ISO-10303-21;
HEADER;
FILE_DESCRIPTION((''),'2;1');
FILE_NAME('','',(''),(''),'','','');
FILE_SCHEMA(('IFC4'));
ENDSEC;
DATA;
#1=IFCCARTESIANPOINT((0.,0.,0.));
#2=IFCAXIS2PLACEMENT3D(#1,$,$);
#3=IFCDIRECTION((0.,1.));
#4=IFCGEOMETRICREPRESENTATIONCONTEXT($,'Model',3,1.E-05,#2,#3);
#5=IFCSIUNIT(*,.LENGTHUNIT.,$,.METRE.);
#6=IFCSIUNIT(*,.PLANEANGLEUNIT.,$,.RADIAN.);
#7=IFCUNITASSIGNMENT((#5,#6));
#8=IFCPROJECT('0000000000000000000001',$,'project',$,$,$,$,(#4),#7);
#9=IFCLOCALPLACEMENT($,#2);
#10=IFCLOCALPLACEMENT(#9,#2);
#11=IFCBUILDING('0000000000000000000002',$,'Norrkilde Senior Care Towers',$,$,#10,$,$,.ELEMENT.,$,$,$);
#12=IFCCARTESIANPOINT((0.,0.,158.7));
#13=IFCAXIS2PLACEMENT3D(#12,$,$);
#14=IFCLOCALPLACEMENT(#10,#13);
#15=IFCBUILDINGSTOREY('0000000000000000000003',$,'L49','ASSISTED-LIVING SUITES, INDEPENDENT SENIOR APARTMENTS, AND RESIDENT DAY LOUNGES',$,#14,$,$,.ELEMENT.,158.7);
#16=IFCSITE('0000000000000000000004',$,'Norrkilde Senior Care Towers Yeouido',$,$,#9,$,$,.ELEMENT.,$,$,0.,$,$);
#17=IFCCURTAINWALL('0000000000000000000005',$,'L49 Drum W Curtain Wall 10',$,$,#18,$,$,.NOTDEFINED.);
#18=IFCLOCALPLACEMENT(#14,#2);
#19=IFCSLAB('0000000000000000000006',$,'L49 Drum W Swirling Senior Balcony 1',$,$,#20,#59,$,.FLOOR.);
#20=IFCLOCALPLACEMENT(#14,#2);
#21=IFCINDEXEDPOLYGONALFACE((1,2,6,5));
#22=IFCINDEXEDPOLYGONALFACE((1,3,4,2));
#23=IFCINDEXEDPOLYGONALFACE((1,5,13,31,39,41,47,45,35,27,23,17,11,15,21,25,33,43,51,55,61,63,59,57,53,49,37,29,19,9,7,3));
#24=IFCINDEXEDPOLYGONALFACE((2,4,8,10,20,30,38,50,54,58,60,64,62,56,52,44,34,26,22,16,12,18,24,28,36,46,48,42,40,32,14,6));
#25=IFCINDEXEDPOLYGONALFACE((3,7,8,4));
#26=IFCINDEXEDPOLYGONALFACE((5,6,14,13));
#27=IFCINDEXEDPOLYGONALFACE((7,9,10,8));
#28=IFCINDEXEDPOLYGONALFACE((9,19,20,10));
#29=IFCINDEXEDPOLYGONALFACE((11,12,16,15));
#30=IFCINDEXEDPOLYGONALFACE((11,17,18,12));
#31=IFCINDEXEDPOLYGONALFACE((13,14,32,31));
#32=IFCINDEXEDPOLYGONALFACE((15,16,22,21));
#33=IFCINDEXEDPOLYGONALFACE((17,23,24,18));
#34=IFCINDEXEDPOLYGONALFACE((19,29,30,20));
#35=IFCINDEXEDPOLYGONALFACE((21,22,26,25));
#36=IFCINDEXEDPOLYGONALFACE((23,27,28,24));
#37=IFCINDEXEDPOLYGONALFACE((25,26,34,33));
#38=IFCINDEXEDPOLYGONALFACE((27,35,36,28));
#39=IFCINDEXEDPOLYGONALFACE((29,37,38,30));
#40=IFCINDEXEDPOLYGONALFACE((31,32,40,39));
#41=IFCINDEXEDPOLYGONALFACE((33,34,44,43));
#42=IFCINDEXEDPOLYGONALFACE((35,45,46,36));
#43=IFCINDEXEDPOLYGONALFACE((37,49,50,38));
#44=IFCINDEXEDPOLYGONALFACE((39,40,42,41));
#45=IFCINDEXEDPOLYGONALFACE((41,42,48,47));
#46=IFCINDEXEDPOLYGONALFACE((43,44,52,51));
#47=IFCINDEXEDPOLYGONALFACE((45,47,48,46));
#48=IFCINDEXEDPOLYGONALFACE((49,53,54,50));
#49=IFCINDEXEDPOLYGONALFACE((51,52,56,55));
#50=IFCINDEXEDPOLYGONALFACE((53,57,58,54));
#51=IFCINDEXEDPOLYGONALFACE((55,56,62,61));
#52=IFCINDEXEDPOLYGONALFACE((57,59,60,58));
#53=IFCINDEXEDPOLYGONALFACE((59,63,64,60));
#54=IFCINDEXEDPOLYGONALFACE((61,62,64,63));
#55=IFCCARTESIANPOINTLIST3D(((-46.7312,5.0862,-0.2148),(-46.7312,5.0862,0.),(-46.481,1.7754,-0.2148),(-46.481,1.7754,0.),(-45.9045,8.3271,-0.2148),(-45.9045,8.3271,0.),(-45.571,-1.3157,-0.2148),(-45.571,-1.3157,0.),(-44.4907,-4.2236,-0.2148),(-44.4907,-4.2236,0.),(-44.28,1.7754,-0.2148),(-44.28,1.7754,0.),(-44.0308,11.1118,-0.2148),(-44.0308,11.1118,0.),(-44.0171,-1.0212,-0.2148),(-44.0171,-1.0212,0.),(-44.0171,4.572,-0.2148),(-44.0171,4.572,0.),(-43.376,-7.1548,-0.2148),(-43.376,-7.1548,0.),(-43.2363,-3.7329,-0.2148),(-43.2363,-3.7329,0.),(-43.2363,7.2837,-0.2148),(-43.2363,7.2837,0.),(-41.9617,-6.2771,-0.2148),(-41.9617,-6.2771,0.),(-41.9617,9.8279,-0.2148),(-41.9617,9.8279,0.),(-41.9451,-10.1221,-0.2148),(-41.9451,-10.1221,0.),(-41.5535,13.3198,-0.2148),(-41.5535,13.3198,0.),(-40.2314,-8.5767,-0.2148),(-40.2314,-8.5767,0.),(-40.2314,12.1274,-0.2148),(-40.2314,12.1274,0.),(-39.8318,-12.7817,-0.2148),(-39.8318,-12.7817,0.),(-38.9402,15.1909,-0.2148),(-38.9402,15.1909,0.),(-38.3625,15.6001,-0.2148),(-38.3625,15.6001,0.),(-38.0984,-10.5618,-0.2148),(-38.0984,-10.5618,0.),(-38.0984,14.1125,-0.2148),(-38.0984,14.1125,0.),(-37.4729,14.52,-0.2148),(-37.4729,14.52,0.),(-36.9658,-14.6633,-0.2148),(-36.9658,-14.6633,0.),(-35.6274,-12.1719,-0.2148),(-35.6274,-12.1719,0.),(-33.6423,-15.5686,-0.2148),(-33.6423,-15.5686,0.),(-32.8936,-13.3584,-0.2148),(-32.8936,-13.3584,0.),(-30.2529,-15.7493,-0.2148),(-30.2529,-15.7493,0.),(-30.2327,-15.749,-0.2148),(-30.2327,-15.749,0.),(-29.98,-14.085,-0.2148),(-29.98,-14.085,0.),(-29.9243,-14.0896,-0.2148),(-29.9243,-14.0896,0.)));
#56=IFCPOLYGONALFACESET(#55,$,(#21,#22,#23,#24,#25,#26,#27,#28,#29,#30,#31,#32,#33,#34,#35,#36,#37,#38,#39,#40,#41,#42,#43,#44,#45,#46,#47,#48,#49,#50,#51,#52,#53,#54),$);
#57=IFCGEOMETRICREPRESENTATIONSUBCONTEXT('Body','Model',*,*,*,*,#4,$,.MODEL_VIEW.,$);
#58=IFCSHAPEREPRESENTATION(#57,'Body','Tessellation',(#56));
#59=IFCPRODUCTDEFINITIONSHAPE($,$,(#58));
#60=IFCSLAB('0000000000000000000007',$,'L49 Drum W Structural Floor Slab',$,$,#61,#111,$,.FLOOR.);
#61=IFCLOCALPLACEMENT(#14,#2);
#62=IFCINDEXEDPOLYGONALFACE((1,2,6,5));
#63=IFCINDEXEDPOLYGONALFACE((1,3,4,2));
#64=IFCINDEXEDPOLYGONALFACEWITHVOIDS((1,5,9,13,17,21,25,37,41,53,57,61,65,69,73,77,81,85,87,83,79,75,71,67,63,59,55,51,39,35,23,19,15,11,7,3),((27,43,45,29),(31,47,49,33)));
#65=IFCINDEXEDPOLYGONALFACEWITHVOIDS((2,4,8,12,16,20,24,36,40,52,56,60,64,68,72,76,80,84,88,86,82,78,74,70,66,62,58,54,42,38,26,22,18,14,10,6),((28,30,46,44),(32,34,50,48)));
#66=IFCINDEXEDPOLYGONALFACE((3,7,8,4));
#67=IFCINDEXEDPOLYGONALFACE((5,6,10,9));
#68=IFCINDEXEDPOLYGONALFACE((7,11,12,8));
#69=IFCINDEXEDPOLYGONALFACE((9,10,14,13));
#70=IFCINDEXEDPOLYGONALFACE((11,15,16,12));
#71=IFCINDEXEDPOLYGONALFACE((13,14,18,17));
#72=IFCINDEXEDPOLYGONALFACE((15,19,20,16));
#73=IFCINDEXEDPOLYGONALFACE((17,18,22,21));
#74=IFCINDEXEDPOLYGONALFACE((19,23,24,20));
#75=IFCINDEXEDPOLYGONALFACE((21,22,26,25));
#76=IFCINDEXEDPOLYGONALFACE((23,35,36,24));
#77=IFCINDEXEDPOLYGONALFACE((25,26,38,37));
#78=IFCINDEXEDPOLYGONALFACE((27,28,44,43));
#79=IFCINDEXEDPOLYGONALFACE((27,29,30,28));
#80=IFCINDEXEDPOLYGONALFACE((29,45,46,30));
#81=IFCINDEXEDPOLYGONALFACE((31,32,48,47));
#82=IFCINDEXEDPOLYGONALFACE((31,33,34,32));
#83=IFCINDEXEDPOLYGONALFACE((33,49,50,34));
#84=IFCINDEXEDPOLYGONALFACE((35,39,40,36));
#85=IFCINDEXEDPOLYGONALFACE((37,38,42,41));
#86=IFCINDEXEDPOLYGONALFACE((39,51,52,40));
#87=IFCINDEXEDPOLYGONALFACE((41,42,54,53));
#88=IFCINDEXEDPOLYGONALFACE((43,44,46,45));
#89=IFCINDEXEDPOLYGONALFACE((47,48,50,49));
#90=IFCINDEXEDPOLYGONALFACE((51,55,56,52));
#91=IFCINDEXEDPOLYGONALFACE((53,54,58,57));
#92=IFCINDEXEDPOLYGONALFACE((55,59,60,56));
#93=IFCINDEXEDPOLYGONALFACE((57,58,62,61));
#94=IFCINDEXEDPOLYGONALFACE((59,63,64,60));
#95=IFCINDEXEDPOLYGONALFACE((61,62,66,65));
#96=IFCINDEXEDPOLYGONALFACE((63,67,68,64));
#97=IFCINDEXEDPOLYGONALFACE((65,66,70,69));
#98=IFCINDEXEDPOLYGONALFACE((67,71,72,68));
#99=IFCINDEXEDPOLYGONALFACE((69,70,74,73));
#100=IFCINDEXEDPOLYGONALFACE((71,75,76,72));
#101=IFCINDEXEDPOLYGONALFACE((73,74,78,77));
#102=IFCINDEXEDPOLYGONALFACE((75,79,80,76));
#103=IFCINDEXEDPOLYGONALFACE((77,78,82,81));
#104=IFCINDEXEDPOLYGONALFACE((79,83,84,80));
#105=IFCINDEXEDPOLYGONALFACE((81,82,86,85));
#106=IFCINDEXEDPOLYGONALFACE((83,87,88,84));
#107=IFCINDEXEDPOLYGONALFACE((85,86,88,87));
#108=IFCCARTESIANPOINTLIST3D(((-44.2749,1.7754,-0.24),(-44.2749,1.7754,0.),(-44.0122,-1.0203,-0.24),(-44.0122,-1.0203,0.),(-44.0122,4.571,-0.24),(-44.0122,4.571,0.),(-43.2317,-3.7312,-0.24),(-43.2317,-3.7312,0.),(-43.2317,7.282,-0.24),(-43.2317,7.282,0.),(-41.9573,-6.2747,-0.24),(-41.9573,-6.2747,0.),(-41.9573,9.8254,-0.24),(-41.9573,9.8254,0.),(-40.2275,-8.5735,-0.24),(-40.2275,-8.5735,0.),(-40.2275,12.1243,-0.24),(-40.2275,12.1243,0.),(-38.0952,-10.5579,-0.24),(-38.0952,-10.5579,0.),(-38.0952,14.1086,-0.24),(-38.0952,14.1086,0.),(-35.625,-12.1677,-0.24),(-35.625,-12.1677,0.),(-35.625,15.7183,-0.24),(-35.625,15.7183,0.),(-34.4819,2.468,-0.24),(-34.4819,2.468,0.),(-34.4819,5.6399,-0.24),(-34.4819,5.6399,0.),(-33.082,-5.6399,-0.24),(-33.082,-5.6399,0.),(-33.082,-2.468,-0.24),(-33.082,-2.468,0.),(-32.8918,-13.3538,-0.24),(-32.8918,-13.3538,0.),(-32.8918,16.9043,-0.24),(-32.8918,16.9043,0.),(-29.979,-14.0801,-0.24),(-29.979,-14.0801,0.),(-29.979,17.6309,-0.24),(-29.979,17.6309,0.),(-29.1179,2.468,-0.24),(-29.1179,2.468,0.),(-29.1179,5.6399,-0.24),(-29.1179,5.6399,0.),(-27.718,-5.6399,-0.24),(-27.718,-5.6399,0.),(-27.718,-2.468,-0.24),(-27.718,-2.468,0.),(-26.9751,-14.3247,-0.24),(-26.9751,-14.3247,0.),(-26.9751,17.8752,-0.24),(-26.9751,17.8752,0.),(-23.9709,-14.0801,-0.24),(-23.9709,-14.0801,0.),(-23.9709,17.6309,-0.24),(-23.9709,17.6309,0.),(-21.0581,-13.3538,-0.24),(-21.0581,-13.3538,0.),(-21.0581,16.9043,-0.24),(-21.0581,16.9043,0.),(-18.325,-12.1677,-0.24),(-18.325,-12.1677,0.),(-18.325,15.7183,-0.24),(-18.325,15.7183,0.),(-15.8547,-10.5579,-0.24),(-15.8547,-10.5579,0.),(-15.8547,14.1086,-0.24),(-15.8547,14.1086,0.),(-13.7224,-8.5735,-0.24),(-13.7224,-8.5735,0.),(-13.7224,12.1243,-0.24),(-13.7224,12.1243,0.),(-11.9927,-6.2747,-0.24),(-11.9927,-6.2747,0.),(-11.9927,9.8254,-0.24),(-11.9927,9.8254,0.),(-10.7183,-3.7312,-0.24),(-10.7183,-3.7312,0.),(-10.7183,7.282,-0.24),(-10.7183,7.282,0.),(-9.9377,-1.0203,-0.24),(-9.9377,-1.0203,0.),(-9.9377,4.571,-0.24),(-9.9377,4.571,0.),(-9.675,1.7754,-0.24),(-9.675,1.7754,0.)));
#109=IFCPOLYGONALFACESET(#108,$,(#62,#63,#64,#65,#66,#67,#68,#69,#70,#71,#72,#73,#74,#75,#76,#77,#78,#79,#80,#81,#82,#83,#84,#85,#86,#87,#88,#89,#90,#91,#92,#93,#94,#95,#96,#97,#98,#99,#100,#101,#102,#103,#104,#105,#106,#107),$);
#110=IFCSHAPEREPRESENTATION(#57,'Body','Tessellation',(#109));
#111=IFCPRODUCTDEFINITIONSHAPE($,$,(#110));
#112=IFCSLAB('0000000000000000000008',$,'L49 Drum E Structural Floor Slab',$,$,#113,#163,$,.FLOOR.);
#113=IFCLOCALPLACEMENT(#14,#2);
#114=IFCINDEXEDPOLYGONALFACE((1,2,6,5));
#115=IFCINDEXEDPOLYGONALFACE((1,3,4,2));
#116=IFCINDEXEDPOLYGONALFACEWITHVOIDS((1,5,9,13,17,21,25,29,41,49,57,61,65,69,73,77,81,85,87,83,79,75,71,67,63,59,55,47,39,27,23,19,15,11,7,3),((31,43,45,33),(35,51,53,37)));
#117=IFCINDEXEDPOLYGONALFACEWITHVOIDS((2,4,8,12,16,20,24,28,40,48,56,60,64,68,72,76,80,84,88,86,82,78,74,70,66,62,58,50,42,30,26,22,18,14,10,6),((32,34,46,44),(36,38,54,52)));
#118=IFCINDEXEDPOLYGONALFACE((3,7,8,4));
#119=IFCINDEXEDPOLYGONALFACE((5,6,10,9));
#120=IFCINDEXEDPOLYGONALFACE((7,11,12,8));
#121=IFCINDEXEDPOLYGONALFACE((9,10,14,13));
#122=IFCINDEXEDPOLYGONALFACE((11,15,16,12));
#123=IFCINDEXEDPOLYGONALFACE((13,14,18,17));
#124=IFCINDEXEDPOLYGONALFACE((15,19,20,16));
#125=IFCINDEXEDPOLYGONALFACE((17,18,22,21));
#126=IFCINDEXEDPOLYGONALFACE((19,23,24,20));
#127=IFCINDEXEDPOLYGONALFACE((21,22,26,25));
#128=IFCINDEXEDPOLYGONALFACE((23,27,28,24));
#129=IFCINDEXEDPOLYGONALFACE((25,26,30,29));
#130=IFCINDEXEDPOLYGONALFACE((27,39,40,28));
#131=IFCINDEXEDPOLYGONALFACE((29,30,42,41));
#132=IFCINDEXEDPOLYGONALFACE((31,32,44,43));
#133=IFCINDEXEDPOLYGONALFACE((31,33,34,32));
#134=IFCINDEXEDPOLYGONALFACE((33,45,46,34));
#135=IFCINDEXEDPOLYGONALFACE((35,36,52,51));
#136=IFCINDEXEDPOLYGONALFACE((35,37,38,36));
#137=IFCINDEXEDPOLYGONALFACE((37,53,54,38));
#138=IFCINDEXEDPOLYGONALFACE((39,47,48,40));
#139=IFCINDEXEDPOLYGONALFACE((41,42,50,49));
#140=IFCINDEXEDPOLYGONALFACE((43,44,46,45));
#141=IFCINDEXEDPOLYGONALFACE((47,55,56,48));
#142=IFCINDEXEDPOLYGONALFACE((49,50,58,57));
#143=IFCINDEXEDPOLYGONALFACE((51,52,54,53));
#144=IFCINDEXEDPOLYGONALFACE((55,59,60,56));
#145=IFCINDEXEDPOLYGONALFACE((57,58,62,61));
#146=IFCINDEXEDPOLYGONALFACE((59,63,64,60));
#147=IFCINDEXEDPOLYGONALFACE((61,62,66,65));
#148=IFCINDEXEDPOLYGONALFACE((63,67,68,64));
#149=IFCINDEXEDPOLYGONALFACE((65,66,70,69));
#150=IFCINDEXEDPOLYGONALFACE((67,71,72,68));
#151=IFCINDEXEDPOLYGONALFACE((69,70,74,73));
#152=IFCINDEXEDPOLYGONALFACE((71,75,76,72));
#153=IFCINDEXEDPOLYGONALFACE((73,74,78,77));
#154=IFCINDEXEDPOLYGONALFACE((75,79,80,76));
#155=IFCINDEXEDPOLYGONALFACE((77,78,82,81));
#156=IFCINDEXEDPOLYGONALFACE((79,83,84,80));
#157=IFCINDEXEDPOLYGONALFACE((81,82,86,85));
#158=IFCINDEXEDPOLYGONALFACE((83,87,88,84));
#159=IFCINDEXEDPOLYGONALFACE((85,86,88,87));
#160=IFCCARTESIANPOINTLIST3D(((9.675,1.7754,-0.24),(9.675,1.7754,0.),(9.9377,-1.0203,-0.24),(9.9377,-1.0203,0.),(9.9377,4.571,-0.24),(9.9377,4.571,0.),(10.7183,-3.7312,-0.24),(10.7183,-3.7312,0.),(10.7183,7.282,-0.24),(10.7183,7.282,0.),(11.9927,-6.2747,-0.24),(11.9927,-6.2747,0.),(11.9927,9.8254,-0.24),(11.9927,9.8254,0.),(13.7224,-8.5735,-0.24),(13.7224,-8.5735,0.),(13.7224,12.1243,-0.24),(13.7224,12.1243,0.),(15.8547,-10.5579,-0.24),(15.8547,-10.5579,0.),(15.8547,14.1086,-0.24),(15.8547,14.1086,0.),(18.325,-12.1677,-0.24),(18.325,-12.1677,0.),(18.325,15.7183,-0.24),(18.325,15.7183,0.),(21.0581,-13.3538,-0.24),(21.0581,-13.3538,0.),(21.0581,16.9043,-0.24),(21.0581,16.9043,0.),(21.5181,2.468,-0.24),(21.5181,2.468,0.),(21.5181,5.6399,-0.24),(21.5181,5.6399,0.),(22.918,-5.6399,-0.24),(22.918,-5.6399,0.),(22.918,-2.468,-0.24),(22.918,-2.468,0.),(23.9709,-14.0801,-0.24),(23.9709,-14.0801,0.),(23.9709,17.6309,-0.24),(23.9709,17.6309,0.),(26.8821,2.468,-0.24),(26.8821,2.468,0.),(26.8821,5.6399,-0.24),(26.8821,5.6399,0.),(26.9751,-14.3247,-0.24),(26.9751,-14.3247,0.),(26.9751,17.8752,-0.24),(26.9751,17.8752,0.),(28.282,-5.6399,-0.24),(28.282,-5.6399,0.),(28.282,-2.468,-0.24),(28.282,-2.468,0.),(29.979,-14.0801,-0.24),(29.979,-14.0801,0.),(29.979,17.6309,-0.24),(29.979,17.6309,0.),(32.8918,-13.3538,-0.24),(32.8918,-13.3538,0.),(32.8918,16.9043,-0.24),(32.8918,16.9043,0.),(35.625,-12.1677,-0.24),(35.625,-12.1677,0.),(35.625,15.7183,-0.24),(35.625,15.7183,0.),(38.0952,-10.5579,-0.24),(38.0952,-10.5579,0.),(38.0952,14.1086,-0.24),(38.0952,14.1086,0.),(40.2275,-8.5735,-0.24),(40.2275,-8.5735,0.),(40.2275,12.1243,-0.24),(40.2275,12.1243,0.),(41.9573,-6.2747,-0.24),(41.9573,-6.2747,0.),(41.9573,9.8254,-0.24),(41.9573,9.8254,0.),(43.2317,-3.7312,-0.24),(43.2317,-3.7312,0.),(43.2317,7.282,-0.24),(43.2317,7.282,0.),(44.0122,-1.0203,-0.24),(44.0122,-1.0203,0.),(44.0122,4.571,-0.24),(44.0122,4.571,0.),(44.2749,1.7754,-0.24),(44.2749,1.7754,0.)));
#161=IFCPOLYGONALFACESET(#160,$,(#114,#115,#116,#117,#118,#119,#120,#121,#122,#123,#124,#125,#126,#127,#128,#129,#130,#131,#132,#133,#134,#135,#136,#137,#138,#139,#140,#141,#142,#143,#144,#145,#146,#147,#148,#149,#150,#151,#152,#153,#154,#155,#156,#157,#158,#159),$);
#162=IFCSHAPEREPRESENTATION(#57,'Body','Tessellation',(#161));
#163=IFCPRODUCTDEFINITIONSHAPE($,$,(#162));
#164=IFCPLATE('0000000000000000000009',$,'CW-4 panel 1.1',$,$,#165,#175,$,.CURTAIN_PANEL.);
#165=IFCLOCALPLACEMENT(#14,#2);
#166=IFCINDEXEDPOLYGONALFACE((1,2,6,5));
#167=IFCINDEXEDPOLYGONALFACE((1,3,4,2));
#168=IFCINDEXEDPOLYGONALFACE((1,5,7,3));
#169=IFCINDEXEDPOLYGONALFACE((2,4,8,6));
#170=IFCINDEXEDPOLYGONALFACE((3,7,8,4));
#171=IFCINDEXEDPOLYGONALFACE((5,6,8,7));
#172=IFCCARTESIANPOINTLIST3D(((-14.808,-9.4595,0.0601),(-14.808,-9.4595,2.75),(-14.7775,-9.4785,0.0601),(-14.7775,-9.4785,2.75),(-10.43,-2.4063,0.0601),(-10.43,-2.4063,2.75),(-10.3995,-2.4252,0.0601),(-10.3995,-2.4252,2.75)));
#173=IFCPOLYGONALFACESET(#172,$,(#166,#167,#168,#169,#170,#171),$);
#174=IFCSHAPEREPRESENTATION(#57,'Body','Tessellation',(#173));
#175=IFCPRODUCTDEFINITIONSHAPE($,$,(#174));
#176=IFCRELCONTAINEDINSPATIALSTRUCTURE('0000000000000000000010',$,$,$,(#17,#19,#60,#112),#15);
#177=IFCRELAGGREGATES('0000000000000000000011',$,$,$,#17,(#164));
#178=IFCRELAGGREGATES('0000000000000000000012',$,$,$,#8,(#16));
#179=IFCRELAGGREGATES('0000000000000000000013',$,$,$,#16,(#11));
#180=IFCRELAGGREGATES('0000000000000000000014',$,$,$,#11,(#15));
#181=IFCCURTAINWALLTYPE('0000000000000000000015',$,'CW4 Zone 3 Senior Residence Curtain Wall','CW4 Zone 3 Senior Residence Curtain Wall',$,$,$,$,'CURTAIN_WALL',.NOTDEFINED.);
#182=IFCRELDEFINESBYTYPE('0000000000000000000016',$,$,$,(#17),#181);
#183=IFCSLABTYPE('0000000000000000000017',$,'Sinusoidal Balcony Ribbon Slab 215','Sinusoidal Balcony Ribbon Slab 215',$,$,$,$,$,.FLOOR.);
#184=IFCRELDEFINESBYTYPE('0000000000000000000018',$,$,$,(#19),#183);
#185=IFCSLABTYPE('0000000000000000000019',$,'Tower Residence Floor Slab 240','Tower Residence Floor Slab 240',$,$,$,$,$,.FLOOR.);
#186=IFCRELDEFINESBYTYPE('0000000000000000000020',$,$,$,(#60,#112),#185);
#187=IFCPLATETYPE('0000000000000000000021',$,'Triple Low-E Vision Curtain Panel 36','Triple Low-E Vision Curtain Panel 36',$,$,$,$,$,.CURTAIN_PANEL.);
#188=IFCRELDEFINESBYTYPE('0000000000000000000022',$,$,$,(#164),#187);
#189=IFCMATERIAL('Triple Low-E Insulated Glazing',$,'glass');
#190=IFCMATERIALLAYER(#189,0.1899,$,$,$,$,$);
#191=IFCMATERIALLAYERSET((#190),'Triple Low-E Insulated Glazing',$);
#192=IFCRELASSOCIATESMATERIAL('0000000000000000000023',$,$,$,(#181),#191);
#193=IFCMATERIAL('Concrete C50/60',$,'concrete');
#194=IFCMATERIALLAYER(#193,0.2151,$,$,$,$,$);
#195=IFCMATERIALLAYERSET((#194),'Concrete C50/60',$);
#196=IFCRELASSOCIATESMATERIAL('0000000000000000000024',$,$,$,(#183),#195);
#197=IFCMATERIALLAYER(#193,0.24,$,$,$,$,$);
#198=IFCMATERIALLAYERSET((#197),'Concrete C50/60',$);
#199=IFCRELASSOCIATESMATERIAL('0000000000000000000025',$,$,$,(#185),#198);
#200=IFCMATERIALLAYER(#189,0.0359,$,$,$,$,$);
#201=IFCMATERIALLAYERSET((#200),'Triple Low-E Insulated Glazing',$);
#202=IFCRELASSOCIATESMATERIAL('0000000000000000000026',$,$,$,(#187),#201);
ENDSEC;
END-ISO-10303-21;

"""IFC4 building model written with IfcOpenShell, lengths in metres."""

from ifc_helpers import new_model, si_unit, direction, frame, origin, origin_2d, place, context, subcontext, project, spatial, polyline, rectangle, outline, extrude, source, transform, mapped, material, layer, layer_set, type_object, type_shapes, element, aggregate, save


model = new_model("IFC4")

# Units and contexts
model_context = context("Model", 3, precision=1e-05, world=origin(), true_north=direction((0.0, 1.0)))
body_context = subcontext(model_context, "Body", "Model", "MODEL_VIEW")
ifc_project = project(units=[si_unit("LENGTHUNIT", "METRE"), si_unit("PLANEANGLEUNIT", "RADIAN")], contexts=[model_context])

# Site, building, storey
site_placement = place(None, origin())
site = spatial("IfcSite", under=ifc_project, at=site_placement, Name="Norrkilde Senior Care Towers Yeouido", CompositionType="ELEMENT", RefElevation=0.0)
building_placement = place(site_placement, origin())
building = spatial("IfcBuilding", under=site, at=building_placement, Name="Norrkilde Senior Care Towers", CompositionType="ELEMENT")
storey_placement = place(building_placement, frame((0.0, 0.0, 158.7)))
storey = spatial("IfcBuildingStorey", under=building, at=storey_placement, Name="L49", Description="ASSISTED-LIVING SUITES, INDEPENDENT SENIOR APARTMENTS, AND RESIDENT DAY LOUNGES", CompositionType="ELEMENT", Elevation=158.7)

# Shared definitions
ifc_material_1 = material(Name="Concrete C50/60", Category="concrete")

# Shared definitions
ifc_material_2 = material(Name="Triple Low-E Insulated Glazing", Category="glass")
ifc_layer_1 = layer(ifc_material_2, 0.1899)
ifc_layer_set_1 = layer_set([ifc_layer_1], Name="Triple Low-E Insulated Glazing")
curtain_wall_type = type_object("IfcCurtainWallType", Name="CW4 Zone 3 Senior Residence Curtain Wall", Description="CW4 Zone 3 Senior Residence Curtain Wall", ElementType="CURTAIN_WALL", PredefinedType="NOTDEFINED", material=ifc_layer_set_1)

# Curtain wall
curtain_wall_1_placement = place(storey_placement, origin())
curtain_wall_1 = element("IfcCurtainWall", 1, at=curtain_wall_1_placement, inside=storey, type_object=curtain_wall_type, Name="L49 Drum W Curtain Wall 10", PredefinedType="NOTDEFINED")

# Slabs
ifc_layer_2 = layer(ifc_material_1, 0.2151)
ifc_layer_set_2 = layer_set([ifc_layer_2], Name="Concrete C50/60")
slab_type_1 = type_object("IfcSlabType", Name="Sinusoidal Balcony Ribbon Slab 215", Description="Sinusoidal Balcony Ribbon Slab 215", PredefinedType="FLOOR", material=ifc_layer_set_2)
slab_1_placement = place(storey_placement, frame((0.0, 0.0, -0.2148)))
element("IfcSlab", 2, at=slab_1_placement, inside=storey, type_object=slab_type_1, Name="L49 Drum W Swirling Senior Balcony 1", PredefinedType="FLOOR", context=body_context, shape_type="SweptSolid", body=[
    extrude(outline(polyline([(-33.6423, -15.5686), (-36.9658, -14.6633), (-39.8318, -12.7817), (-41.9451, -10.1221), (-43.376, -7.1548), (-44.4907, -4.2236), (-45.571, -1.3157), (-46.481, 1.7754), (-46.7312, 5.0862), (-45.9045, 8.3271), (-44.0308, 11.1118), (-41.5535, 13.3198), (-38.9402, 15.1909), (-38.3625, 15.6001), (-37.4729, 14.52), (-38.0984, 14.1125), (-40.2314, 12.1274), (-41.9617, 9.8279), (-43.2363, 7.2837), (-44.0171, 4.572), (-44.28, 1.7754), (-44.0171, -1.0212), (-43.2363, -3.7329), (-41.9617, -6.2771), (-40.2314, -8.5767), (-38.0984, -10.5618), (-35.6274, -12.1719), (-32.8936, -13.3584), (-29.98, -14.085), (-29.9243, -14.0896), (-30.2327, -15.749), (-30.2529, -15.7493), (-33.6423, -15.5686)])), origin(), (0.0, 0.0, 1.0), 0.2148),
])
ifc_layer_3 = layer(ifc_material_1, 0.24)
ifc_layer_set_3 = layer_set([ifc_layer_3], Name="Concrete C50/60")
slab_type_2 = type_object("IfcSlabType", Name="Tower Residence Floor Slab 240", Description="Tower Residence Floor Slab 240", PredefinedType="FLOOR", material=ifc_layer_set_3)
slab_2_placement = place(storey_placement, frame((0.0, 0.0, -0.24)))
element("IfcSlab", 3, at=slab_2_placement, inside=storey, type_object=slab_type_2, Name="L49 Drum W Structural Floor Slab", PredefinedType="FLOOR", context=body_context, shape_type="SweptSolid", body=[
    extrude(outline(polyline([(-10.7183, -3.7312), (-11.9927, -6.2747), (-13.7224, -8.5735), (-15.8547, -10.5579), (-18.325, -12.1677), (-21.0581, -13.3538), (-23.9709, -14.0801), (-26.9751, -14.3247), (-29.979, -14.0801), (-32.8918, -13.3538), (-35.625, -12.1677), (-38.0952, -10.5579), (-40.2275, -8.5735), (-41.9573, -6.2747), (-43.2317, -3.7312), (-44.0122, -1.0203), (-44.2749, 1.7754), (-44.0122, 4.571), (-43.2317, 7.282), (-41.9573, 9.8254), (-40.2275, 12.1243), (-38.0952, 14.1086), (-35.625, 15.7183), (-32.8918, 16.9043), (-29.979, 17.6309), (-26.9751, 17.8752), (-23.9709, 17.6309), (-21.0581, 16.9043), (-18.325, 15.7183), (-15.8547, 14.1086), (-13.7224, 12.1243), (-11.9927, 9.8254), (-10.7183, 7.282), (-9.9377, 4.571), (-9.675, 1.7754), (-9.9377, -1.0203), (-10.7183, -3.7312)]), holes=[polyline([(-34.4819, 2.468), (-29.1179, 2.468), (-29.1179, 5.6399), (-34.4819, 5.6399), (-34.4819, 2.468)]), polyline([(-27.718, -5.6399), (-27.718, -2.468), (-33.082, -2.468), (-33.082, -5.6399), (-27.718, -5.6399)])]), origin(), (0.0, 0.0, 1.0), 0.24),
])
slab_3_placement = place(storey_placement, frame((0.0, 0.0, -0.24)))
element("IfcSlab", 4, at=slab_3_placement, inside=storey, type_object=slab_type_2, Name="L49 Drum E Structural Floor Slab", PredefinedType="FLOOR", context=body_context, shape_type="SweptSolid", body=[
    extrude(outline(polyline([(43.2317, -3.7312), (41.9573, -6.2747), (40.2275, -8.5735), (38.0952, -10.5579), (35.625, -12.1677), (32.8918, -13.3538), (29.979, -14.0801), (26.9751, -14.3247), (23.9709, -14.0801), (21.0581, -13.3538), (18.325, -12.1677), (15.8547, -10.5579), (13.7224, -8.5735), (11.9927, -6.2747), (10.7183, -3.7312), (9.9377, -1.0203), (9.675, 1.7754), (9.9377, 4.571), (10.7183, 7.282), (11.9927, 9.8254), (13.7224, 12.1243), (15.8547, 14.1086), (18.325, 15.7183), (21.0581, 16.9043), (23.9709, 17.6309), (26.9751, 17.8752), (29.979, 17.6309), (32.8918, 16.9043), (35.625, 15.7183), (38.0952, 14.1086), (40.2275, 12.1243), (41.9573, 9.8254), (43.2317, 7.282), (44.0122, 4.571), (44.2749, 1.7754), (44.0122, -1.0203), (43.2317, -3.7312)]), holes=[polyline([(21.5181, 2.468), (26.8821, 2.468), (26.8821, 5.6399), (21.5181, 5.6399), (21.5181, 2.468)]), polyline([(28.282, -5.6399), (28.282, -2.468), (22.918, -2.468), (22.918, -5.6399), (28.282, -5.6399)])]), origin(), (0.0, 0.0, 1.0), 0.24),
])

# Plate
ifc_layer_4 = layer(ifc_material_2, 0.0359)
ifc_layer_set_4 = layer_set([ifc_layer_4], Name="Triple Low-E Insulated Glazing")
plate_type = type_object("IfcPlateType", Name="Triple Low-E Vision Curtain Panel 36", Description="Triple Low-E Vision Curtain Panel 36", PredefinedType="CURTAIN_PANEL", material=ifc_layer_set_4)
shared_shape_1 = source(origin(), body_context, "Body", "SweptSolid", [
    extrude(rectangle(XDim=8.3015, YDim=0.0359, at=origin_2d()), origin(), (0.0, 0.0, 1.0), 2.6899),
])
type_shapes(plate_type, [shared_shape_1])
plate_placement = place(storey_placement, frame((-12.6038, -5.9424, 0.0601), z_axis=(0.0, 0.0, 1.0), x_axis=(-0.527373, -0.849634, 0.0)))
plate = element("IfcPlate", 5, at=plate_placement, type_object=plate_type, Name="CW-4 panel 1.1", PredefinedType="CURTAIN_PANEL", context=body_context, shape_type="MappedRepresentation", body=[
    mapped(shared_shape_1, transform((0.0, 0.0, 0.0), x_axis=(1.0, 0.0, 0.0), y_axis=(0.0, 1.0, 0.0), z_axis=(0.0, 0.0, 1.0), scale=1.0)),
])
aggregate(curtain_wall_1, [plate])

save(model, "model.ifc")
